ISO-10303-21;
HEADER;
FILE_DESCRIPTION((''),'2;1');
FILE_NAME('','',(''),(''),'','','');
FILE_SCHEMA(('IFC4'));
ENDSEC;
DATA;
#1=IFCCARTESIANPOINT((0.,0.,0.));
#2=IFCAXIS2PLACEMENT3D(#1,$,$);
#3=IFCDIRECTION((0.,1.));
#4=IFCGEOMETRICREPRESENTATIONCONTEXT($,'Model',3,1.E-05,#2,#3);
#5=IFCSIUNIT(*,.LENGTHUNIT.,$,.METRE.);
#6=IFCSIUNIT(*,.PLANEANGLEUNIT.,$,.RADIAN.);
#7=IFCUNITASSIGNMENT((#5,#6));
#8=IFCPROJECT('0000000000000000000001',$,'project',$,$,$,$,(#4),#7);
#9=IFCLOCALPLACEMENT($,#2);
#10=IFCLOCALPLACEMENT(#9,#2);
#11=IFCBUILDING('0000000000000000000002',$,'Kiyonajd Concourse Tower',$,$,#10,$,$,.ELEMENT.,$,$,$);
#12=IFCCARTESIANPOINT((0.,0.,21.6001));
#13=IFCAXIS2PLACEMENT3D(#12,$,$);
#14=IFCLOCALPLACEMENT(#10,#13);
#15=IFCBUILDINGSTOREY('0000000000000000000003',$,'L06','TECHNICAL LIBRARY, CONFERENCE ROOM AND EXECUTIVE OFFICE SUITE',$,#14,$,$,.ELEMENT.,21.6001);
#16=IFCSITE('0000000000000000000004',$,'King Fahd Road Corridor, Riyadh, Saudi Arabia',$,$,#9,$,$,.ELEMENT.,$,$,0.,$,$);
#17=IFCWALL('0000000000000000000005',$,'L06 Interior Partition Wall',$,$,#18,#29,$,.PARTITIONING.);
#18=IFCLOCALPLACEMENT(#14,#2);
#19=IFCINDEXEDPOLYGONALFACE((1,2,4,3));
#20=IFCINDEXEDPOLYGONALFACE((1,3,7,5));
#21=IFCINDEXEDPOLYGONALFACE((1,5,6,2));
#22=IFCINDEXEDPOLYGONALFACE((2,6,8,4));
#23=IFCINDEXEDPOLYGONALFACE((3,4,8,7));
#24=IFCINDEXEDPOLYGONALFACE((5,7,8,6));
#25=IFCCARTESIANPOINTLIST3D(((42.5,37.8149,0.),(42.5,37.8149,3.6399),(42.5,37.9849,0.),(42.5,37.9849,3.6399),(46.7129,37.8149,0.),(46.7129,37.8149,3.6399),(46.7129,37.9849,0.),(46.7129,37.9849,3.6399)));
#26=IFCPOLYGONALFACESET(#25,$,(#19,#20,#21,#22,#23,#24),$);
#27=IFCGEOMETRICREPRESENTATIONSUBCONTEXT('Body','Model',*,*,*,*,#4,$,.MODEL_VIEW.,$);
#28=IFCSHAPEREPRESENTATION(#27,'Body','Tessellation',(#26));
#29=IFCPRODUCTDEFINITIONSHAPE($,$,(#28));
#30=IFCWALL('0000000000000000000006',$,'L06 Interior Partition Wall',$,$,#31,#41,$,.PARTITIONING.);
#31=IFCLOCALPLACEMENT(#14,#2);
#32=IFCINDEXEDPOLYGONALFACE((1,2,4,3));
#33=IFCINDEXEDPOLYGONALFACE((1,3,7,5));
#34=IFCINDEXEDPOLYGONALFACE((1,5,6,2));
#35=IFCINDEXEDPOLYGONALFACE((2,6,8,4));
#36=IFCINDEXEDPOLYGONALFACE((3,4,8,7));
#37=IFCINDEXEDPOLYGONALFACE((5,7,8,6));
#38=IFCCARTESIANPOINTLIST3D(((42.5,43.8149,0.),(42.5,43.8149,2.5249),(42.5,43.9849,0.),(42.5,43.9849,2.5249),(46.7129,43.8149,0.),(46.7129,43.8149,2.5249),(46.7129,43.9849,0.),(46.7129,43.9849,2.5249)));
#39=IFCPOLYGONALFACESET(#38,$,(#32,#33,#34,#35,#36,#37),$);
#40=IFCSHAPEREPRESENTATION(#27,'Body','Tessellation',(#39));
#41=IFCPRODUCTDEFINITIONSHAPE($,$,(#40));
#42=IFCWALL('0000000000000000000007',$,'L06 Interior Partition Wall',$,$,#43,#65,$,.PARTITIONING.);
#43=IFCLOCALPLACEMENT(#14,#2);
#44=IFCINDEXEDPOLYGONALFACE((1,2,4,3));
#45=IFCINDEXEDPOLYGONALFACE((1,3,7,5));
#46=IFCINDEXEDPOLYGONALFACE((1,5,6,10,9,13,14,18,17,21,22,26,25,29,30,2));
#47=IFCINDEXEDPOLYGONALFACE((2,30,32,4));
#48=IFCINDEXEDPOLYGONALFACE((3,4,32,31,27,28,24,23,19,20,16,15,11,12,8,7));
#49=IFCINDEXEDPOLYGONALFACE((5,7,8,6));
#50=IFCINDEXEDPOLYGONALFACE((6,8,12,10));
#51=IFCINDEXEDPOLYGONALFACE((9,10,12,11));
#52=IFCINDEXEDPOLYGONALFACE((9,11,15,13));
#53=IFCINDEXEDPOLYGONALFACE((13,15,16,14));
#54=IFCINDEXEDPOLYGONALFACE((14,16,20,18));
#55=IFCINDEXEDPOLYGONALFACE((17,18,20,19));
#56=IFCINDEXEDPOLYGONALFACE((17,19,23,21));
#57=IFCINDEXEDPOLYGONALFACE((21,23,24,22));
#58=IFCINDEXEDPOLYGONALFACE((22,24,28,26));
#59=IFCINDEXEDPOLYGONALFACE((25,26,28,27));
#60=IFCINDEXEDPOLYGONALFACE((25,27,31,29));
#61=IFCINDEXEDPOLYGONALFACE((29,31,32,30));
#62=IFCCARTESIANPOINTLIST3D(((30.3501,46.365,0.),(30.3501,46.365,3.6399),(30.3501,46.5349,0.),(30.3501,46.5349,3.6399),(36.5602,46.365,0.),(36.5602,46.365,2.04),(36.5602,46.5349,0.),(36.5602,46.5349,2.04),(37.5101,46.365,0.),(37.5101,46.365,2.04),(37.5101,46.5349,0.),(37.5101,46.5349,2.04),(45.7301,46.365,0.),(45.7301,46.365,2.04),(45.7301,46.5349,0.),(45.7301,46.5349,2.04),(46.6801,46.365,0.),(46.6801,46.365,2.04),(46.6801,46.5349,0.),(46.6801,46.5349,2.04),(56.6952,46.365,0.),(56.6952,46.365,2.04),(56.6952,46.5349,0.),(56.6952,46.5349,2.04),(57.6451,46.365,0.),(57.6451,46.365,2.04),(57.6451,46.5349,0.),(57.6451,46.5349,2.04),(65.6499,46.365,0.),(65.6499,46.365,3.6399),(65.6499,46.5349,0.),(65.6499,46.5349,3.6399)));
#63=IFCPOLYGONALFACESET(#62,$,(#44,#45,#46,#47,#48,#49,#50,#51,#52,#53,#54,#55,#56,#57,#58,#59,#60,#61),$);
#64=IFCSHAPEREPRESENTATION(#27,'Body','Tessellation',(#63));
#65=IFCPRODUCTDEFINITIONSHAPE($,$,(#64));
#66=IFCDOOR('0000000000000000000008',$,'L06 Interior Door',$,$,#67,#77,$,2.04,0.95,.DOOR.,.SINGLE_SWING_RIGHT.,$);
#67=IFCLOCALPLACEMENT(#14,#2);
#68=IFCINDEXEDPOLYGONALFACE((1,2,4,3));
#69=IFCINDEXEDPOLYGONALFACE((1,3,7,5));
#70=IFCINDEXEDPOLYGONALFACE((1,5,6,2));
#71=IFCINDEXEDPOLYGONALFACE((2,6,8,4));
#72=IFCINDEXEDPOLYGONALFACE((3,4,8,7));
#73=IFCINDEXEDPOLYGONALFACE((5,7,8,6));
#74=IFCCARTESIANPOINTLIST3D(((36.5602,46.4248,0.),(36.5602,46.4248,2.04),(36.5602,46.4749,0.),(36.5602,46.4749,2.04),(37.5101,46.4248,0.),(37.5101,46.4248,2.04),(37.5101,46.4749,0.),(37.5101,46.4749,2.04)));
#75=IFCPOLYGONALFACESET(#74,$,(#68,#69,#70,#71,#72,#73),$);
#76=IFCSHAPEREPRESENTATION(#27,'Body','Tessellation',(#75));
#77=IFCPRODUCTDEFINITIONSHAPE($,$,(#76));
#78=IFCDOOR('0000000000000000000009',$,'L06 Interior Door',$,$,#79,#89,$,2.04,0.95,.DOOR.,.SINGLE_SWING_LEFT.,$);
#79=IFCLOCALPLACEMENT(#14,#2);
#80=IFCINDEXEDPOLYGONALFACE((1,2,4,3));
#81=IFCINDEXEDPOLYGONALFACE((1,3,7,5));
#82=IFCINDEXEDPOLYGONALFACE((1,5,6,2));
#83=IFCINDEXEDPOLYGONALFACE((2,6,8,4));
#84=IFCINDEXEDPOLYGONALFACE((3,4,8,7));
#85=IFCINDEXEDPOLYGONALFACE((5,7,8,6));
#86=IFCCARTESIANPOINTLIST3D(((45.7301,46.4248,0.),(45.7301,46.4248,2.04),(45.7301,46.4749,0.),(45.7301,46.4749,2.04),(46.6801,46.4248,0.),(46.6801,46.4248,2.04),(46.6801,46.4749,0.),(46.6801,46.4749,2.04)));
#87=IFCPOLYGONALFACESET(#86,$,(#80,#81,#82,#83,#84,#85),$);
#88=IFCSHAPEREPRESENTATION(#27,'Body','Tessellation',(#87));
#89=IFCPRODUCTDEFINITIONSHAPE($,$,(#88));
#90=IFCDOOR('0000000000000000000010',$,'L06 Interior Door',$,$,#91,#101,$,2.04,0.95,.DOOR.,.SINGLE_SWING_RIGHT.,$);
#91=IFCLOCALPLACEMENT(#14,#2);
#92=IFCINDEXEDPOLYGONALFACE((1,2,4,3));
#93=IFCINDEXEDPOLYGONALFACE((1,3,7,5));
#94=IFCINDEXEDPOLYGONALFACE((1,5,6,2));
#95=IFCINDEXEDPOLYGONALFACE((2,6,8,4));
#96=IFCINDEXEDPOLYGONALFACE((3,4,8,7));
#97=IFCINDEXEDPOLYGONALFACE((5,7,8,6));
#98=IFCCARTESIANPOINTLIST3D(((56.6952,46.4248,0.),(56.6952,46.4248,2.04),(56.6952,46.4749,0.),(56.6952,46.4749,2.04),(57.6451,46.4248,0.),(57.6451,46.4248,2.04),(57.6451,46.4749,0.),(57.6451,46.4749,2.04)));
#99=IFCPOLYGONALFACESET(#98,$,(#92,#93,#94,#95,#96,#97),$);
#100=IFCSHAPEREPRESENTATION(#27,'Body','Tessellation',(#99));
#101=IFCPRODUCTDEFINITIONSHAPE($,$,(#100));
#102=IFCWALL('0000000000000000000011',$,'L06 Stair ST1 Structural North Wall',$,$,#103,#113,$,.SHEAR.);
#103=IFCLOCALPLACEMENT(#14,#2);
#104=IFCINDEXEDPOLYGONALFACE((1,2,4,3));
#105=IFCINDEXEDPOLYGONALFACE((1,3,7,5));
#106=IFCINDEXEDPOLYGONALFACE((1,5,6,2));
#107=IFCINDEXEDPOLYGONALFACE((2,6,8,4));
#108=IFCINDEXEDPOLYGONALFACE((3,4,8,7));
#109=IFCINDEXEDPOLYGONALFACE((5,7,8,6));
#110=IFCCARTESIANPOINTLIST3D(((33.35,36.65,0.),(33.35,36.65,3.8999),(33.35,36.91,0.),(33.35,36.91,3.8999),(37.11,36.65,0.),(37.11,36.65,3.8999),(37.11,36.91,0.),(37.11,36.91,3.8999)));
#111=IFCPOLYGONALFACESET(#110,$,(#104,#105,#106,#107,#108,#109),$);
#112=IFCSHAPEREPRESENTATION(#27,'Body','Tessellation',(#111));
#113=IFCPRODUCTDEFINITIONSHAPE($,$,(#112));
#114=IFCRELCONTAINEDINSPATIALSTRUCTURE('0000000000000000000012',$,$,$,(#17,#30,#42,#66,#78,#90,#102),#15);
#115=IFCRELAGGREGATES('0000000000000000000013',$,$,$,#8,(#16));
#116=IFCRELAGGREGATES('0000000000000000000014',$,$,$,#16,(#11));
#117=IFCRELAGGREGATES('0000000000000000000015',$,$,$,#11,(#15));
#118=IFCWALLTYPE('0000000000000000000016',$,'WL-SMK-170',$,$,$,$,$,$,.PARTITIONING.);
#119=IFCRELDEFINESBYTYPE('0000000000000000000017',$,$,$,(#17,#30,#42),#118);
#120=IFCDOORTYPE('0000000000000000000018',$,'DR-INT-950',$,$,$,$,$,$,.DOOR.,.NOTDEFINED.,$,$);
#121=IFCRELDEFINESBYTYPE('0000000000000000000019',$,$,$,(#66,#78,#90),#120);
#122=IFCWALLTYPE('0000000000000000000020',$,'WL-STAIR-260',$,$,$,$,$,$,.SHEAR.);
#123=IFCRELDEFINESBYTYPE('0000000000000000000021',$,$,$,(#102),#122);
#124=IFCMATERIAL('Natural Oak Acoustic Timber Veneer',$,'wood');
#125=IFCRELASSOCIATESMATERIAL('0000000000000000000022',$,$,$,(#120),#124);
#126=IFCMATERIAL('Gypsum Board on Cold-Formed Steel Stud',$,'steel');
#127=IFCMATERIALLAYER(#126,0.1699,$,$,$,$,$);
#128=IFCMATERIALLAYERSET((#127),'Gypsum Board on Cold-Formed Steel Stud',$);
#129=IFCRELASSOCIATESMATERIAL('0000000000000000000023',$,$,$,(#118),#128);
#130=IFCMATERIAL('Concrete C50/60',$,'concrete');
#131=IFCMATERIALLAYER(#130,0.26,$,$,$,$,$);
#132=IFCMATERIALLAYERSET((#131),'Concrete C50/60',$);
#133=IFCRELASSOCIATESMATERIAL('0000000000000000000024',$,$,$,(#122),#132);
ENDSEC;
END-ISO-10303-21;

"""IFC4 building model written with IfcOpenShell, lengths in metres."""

from ifc_helpers import new_model, si_unit, direction, frame, frame_2d, origin, place, context, subcontext, project, spatial, rectangle, extrude, material, layer, layer_set, type_object, element, fill, save


model = new_model("IFC4")

# Units and contexts
model_context = context("Model", 3, precision=1e-05, world=origin(), true_north=direction((0.0, 1.0)))
body_context = subcontext(model_context, "Body", "Model", "MODEL_VIEW")
ifc_project = project(units=[si_unit("LENGTHUNIT", "METRE"), si_unit("PLANEANGLEUNIT", "RADIAN")], contexts=[model_context])

# Site, building, storey
site_placement = place(None, origin())
site = spatial("IfcSite", under=ifc_project, at=site_placement, Name="King Fahd Road Corridor, Riyadh, Saudi Arabia", CompositionType="ELEMENT", RefElevation=0.0)
building_placement = place(site_placement, origin())
building = spatial("IfcBuilding", under=site, at=building_placement, Name="Kiyonajd Concourse Tower", CompositionType="ELEMENT")
storey_placement = place(building_placement, frame((0.0, 0.0, 21.6001)))
storey = spatial("IfcBuildingStorey", under=building, at=storey_placement, Name="L06", Description="TECHNICAL LIBRARY, CONFERENCE ROOM AND EXECUTIVE OFFICE SUITE", CompositionType="ELEMENT", Elevation=21.6001)

# Shared definitions
ifc_material_1 = material(Name="Natural Oak Acoustic Timber Veneer", Category="wood")
door_type_1 = type_object("IfcDoorType", Name="DR-INT-950", OperationType="NOTDEFINED", PredefinedType="DOOR", material=ifc_material_1)

# Shared definitions
ifc_material_2 = material(Name="Gypsum Board on Cold-Formed Steel Stud", Category="steel")

# Walls
ifc_layer_1 = layer(ifc_material_2, 0.1699)
ifc_layer_set_1 = layer_set([ifc_layer_1], Name="Gypsum Board on Cold-Formed Steel Stud")
wall_type_1 = type_object("IfcWallType", Name="WL-SMK-170", PredefinedType="PARTITIONING", material=ifc_layer_set_1)
wall_1_placement = place(storey_placement, frame((42.5, 37.8999, 0.0), z_axis=(0.0, 0.0, 1.0), x_axis=(1.0, 0.0, 0.0)))
element("IfcWall", 1, at=wall_1_placement, inside=storey, type_object=wall_type_1, Name="L06 Interior Partition Wall", PredefinedType="PARTITIONING", context=body_context, shape_type="SweptSolid", body=[
    extrude(rectangle(XDim=4.2129, YDim=0.1699, at=frame_2d((2.1064, 0.0))), origin(), (0.0, 0.0, 1.0), 3.6399),
])
wall_2_placement = place(storey_placement, frame((42.5, 43.8999, 0.0), z_axis=(0.0, 0.0, 1.0), x_axis=(1.0, 0.0, 0.0)))
element("IfcWall", 2, at=wall_2_placement, inside=storey, type_object=wall_type_1, Name="L06 Interior Partition Wall", PredefinedType="PARTITIONING", context=body_context, shape_type="SweptSolid", body=[
    extrude(rectangle(XDim=4.2129, YDim=0.1699, at=frame_2d((2.1064, 0.0))), origin(), (0.0, 0.0, 1.0), 2.5249),
])

# Wall, openings, doors
wall_3_placement = place(storey_placement, frame((30.3501, 46.45, 0.0), z_axis=(0.0, 0.0, 1.0), x_axis=(1.0, 0.0, 0.0)))
wall_3 = element("IfcWall", 3, at=wall_3_placement, inside=storey, type_object=wall_type_1, Name="L06 Interior Partition Wall", PredefinedType="PARTITIONING", context=body_context, shape_type="SweptSolid", body=[
    extrude(rectangle(XDim=35.2998, YDim=0.1699, at=frame_2d((17.6499, 0.0))), origin(), (0.0, 0.0, 1.0), 3.6399),
])
opening_1_placement = place(wall_3_placement, frame((6.21, 0.0, 0.0)))
opening_1 = element("IfcOpeningElement", 4, at=opening_1_placement, cuts=wall_3, PredefinedType="OPENING", context=body_context, shape_type="SweptSolid", body=[
    extrude(rectangle(XDim=0.95, YDim=2.04, at=frame_2d((0.4751, 1.02))), frame((0.0, 0.095, 0.0), z_axis=(0.0, -1.0, 0.0), x_axis=(1.0, 0.0, 0.0)), (0.0, 0.0, 1.0), 0.1899),
])
opening_2_placement = place(wall_3_placement, frame((15.3799, 0.0, 0.0)))
opening_2 = element("IfcOpeningElement", 5, at=opening_2_placement, cuts=wall_3, PredefinedType="OPENING", context=body_context, shape_type="SweptSolid", body=[
    extrude(rectangle(XDim=0.95, YDim=2.04, at=frame_2d((0.4751, 1.02))), frame((0.0, 0.095, 0.0), z_axis=(0.0, -1.0, 0.0), x_axis=(1.0, 0.0, 0.0)), (0.0, 0.0, 1.0), 0.1899),
])
opening_3_placement = place(wall_3_placement, frame((26.345, 0.0, 0.0)))
opening_3 = element("IfcOpeningElement", 6, at=opening_3_placement, cuts=wall_3, PredefinedType="OPENING", context=body_context, shape_type="SweptSolid", body=[
    extrude(rectangle(XDim=0.95, YDim=2.04, at=frame_2d((0.4751, 1.02))), frame((0.0, 0.095, 0.0), z_axis=(0.0, -1.0, 0.0), x_axis=(1.0, 0.0, 0.0)), (0.0, 0.0, 1.0), 0.1899),
])
door_1_placement = place(opening_1_placement, origin())
door_1 = element("IfcDoor", 7, at=door_1_placement, inside=storey, type_object=door_type_1, Name="L06 Interior Door", OperationType="SINGLE_SWING_RIGHT", OverallHeight=2.04, OverallWidth=0.95, PredefinedType="DOOR", context=body_context, shape_type="SweptSolid", body=[
    extrude(rectangle(XDim=0.95, YDim=2.04, at=frame_2d((0.4751, 1.02))), frame((0.0, 0.0249, 0.0), z_axis=(0.0, -1.0, 0.0), x_axis=(1.0, 0.0, 0.0)), (0.0, 0.0, 1.0), 0.05),
])
fill(opening_1, door_1)
door_2_placement = place(opening_2_placement, origin())
door_2 = element("IfcDoor", 8, at=door_2_placement, inside=storey, type_object=door_type_1, Name="L06 Interior Door", OperationType="SINGLE_SWING_LEFT", OverallHeight=2.04, OverallWidth=0.95, PredefinedType="DOOR", context=body_context, shape_type="SweptSolid", body=[
    extrude(rectangle(XDim=0.95, YDim=2.04, at=frame_2d((0.4751, 1.02))), frame((0.0, 0.0249, 0.0), z_axis=(0.0, -1.0, 0.0), x_axis=(1.0, 0.0, 0.0)), (0.0, 0.0, 1.0), 0.05),
])
fill(opening_2, door_2)
door_3_placement = place(opening_3_placement, origin())
door_3 = element("IfcDoor", 9, at=door_3_placement, inside=storey, type_object=door_type_1, Name="L06 Interior Door", OperationType="SINGLE_SWING_RIGHT", OverallHeight=2.04, OverallWidth=0.95, PredefinedType="DOOR", context=body_context, shape_type="SweptSolid", body=[
    extrude(rectangle(XDim=0.95, YDim=2.04, at=frame_2d((0.4751, 1.02))), frame((0.0, 0.0249, 0.0), z_axis=(0.0, -1.0, 0.0), x_axis=(1.0, 0.0, 0.0)), (0.0, 0.0, 1.0), 0.05),
])
fill(opening_3, door_3)

# Wall
ifc_material_3 = material(Name="Concrete C50/60", Category="concrete")
ifc_layer_2 = layer(ifc_material_3, 0.26)
ifc_layer_set_2 = layer_set([ifc_layer_2], Name="Concrete C50/60")
wall_type_2 = type_object("IfcWallType", Name="WL-STAIR-260", PredefinedType="SHEAR", material=ifc_layer_set_2)
wall_4_placement = place(storey_placement, frame((33.3501, 36.78, 0.0), z_axis=(0.0, 0.0, 1.0), x_axis=(1.0, 0.0, 0.0)))
element("IfcWall", 10, at=wall_4_placement, inside=storey, type_object=wall_type_2, Name="L06 Stair ST1 Structural North Wall", PredefinedType="SHEAR", context=body_context, shape_type="SweptSolid", body=[
    extrude(rectangle(XDim=3.76, YDim=0.26, at=frame_2d((1.8799, 0.0))), origin(), (0.0, 0.0, 1.0), 3.8999),
])

save(model, "model.ifc")
